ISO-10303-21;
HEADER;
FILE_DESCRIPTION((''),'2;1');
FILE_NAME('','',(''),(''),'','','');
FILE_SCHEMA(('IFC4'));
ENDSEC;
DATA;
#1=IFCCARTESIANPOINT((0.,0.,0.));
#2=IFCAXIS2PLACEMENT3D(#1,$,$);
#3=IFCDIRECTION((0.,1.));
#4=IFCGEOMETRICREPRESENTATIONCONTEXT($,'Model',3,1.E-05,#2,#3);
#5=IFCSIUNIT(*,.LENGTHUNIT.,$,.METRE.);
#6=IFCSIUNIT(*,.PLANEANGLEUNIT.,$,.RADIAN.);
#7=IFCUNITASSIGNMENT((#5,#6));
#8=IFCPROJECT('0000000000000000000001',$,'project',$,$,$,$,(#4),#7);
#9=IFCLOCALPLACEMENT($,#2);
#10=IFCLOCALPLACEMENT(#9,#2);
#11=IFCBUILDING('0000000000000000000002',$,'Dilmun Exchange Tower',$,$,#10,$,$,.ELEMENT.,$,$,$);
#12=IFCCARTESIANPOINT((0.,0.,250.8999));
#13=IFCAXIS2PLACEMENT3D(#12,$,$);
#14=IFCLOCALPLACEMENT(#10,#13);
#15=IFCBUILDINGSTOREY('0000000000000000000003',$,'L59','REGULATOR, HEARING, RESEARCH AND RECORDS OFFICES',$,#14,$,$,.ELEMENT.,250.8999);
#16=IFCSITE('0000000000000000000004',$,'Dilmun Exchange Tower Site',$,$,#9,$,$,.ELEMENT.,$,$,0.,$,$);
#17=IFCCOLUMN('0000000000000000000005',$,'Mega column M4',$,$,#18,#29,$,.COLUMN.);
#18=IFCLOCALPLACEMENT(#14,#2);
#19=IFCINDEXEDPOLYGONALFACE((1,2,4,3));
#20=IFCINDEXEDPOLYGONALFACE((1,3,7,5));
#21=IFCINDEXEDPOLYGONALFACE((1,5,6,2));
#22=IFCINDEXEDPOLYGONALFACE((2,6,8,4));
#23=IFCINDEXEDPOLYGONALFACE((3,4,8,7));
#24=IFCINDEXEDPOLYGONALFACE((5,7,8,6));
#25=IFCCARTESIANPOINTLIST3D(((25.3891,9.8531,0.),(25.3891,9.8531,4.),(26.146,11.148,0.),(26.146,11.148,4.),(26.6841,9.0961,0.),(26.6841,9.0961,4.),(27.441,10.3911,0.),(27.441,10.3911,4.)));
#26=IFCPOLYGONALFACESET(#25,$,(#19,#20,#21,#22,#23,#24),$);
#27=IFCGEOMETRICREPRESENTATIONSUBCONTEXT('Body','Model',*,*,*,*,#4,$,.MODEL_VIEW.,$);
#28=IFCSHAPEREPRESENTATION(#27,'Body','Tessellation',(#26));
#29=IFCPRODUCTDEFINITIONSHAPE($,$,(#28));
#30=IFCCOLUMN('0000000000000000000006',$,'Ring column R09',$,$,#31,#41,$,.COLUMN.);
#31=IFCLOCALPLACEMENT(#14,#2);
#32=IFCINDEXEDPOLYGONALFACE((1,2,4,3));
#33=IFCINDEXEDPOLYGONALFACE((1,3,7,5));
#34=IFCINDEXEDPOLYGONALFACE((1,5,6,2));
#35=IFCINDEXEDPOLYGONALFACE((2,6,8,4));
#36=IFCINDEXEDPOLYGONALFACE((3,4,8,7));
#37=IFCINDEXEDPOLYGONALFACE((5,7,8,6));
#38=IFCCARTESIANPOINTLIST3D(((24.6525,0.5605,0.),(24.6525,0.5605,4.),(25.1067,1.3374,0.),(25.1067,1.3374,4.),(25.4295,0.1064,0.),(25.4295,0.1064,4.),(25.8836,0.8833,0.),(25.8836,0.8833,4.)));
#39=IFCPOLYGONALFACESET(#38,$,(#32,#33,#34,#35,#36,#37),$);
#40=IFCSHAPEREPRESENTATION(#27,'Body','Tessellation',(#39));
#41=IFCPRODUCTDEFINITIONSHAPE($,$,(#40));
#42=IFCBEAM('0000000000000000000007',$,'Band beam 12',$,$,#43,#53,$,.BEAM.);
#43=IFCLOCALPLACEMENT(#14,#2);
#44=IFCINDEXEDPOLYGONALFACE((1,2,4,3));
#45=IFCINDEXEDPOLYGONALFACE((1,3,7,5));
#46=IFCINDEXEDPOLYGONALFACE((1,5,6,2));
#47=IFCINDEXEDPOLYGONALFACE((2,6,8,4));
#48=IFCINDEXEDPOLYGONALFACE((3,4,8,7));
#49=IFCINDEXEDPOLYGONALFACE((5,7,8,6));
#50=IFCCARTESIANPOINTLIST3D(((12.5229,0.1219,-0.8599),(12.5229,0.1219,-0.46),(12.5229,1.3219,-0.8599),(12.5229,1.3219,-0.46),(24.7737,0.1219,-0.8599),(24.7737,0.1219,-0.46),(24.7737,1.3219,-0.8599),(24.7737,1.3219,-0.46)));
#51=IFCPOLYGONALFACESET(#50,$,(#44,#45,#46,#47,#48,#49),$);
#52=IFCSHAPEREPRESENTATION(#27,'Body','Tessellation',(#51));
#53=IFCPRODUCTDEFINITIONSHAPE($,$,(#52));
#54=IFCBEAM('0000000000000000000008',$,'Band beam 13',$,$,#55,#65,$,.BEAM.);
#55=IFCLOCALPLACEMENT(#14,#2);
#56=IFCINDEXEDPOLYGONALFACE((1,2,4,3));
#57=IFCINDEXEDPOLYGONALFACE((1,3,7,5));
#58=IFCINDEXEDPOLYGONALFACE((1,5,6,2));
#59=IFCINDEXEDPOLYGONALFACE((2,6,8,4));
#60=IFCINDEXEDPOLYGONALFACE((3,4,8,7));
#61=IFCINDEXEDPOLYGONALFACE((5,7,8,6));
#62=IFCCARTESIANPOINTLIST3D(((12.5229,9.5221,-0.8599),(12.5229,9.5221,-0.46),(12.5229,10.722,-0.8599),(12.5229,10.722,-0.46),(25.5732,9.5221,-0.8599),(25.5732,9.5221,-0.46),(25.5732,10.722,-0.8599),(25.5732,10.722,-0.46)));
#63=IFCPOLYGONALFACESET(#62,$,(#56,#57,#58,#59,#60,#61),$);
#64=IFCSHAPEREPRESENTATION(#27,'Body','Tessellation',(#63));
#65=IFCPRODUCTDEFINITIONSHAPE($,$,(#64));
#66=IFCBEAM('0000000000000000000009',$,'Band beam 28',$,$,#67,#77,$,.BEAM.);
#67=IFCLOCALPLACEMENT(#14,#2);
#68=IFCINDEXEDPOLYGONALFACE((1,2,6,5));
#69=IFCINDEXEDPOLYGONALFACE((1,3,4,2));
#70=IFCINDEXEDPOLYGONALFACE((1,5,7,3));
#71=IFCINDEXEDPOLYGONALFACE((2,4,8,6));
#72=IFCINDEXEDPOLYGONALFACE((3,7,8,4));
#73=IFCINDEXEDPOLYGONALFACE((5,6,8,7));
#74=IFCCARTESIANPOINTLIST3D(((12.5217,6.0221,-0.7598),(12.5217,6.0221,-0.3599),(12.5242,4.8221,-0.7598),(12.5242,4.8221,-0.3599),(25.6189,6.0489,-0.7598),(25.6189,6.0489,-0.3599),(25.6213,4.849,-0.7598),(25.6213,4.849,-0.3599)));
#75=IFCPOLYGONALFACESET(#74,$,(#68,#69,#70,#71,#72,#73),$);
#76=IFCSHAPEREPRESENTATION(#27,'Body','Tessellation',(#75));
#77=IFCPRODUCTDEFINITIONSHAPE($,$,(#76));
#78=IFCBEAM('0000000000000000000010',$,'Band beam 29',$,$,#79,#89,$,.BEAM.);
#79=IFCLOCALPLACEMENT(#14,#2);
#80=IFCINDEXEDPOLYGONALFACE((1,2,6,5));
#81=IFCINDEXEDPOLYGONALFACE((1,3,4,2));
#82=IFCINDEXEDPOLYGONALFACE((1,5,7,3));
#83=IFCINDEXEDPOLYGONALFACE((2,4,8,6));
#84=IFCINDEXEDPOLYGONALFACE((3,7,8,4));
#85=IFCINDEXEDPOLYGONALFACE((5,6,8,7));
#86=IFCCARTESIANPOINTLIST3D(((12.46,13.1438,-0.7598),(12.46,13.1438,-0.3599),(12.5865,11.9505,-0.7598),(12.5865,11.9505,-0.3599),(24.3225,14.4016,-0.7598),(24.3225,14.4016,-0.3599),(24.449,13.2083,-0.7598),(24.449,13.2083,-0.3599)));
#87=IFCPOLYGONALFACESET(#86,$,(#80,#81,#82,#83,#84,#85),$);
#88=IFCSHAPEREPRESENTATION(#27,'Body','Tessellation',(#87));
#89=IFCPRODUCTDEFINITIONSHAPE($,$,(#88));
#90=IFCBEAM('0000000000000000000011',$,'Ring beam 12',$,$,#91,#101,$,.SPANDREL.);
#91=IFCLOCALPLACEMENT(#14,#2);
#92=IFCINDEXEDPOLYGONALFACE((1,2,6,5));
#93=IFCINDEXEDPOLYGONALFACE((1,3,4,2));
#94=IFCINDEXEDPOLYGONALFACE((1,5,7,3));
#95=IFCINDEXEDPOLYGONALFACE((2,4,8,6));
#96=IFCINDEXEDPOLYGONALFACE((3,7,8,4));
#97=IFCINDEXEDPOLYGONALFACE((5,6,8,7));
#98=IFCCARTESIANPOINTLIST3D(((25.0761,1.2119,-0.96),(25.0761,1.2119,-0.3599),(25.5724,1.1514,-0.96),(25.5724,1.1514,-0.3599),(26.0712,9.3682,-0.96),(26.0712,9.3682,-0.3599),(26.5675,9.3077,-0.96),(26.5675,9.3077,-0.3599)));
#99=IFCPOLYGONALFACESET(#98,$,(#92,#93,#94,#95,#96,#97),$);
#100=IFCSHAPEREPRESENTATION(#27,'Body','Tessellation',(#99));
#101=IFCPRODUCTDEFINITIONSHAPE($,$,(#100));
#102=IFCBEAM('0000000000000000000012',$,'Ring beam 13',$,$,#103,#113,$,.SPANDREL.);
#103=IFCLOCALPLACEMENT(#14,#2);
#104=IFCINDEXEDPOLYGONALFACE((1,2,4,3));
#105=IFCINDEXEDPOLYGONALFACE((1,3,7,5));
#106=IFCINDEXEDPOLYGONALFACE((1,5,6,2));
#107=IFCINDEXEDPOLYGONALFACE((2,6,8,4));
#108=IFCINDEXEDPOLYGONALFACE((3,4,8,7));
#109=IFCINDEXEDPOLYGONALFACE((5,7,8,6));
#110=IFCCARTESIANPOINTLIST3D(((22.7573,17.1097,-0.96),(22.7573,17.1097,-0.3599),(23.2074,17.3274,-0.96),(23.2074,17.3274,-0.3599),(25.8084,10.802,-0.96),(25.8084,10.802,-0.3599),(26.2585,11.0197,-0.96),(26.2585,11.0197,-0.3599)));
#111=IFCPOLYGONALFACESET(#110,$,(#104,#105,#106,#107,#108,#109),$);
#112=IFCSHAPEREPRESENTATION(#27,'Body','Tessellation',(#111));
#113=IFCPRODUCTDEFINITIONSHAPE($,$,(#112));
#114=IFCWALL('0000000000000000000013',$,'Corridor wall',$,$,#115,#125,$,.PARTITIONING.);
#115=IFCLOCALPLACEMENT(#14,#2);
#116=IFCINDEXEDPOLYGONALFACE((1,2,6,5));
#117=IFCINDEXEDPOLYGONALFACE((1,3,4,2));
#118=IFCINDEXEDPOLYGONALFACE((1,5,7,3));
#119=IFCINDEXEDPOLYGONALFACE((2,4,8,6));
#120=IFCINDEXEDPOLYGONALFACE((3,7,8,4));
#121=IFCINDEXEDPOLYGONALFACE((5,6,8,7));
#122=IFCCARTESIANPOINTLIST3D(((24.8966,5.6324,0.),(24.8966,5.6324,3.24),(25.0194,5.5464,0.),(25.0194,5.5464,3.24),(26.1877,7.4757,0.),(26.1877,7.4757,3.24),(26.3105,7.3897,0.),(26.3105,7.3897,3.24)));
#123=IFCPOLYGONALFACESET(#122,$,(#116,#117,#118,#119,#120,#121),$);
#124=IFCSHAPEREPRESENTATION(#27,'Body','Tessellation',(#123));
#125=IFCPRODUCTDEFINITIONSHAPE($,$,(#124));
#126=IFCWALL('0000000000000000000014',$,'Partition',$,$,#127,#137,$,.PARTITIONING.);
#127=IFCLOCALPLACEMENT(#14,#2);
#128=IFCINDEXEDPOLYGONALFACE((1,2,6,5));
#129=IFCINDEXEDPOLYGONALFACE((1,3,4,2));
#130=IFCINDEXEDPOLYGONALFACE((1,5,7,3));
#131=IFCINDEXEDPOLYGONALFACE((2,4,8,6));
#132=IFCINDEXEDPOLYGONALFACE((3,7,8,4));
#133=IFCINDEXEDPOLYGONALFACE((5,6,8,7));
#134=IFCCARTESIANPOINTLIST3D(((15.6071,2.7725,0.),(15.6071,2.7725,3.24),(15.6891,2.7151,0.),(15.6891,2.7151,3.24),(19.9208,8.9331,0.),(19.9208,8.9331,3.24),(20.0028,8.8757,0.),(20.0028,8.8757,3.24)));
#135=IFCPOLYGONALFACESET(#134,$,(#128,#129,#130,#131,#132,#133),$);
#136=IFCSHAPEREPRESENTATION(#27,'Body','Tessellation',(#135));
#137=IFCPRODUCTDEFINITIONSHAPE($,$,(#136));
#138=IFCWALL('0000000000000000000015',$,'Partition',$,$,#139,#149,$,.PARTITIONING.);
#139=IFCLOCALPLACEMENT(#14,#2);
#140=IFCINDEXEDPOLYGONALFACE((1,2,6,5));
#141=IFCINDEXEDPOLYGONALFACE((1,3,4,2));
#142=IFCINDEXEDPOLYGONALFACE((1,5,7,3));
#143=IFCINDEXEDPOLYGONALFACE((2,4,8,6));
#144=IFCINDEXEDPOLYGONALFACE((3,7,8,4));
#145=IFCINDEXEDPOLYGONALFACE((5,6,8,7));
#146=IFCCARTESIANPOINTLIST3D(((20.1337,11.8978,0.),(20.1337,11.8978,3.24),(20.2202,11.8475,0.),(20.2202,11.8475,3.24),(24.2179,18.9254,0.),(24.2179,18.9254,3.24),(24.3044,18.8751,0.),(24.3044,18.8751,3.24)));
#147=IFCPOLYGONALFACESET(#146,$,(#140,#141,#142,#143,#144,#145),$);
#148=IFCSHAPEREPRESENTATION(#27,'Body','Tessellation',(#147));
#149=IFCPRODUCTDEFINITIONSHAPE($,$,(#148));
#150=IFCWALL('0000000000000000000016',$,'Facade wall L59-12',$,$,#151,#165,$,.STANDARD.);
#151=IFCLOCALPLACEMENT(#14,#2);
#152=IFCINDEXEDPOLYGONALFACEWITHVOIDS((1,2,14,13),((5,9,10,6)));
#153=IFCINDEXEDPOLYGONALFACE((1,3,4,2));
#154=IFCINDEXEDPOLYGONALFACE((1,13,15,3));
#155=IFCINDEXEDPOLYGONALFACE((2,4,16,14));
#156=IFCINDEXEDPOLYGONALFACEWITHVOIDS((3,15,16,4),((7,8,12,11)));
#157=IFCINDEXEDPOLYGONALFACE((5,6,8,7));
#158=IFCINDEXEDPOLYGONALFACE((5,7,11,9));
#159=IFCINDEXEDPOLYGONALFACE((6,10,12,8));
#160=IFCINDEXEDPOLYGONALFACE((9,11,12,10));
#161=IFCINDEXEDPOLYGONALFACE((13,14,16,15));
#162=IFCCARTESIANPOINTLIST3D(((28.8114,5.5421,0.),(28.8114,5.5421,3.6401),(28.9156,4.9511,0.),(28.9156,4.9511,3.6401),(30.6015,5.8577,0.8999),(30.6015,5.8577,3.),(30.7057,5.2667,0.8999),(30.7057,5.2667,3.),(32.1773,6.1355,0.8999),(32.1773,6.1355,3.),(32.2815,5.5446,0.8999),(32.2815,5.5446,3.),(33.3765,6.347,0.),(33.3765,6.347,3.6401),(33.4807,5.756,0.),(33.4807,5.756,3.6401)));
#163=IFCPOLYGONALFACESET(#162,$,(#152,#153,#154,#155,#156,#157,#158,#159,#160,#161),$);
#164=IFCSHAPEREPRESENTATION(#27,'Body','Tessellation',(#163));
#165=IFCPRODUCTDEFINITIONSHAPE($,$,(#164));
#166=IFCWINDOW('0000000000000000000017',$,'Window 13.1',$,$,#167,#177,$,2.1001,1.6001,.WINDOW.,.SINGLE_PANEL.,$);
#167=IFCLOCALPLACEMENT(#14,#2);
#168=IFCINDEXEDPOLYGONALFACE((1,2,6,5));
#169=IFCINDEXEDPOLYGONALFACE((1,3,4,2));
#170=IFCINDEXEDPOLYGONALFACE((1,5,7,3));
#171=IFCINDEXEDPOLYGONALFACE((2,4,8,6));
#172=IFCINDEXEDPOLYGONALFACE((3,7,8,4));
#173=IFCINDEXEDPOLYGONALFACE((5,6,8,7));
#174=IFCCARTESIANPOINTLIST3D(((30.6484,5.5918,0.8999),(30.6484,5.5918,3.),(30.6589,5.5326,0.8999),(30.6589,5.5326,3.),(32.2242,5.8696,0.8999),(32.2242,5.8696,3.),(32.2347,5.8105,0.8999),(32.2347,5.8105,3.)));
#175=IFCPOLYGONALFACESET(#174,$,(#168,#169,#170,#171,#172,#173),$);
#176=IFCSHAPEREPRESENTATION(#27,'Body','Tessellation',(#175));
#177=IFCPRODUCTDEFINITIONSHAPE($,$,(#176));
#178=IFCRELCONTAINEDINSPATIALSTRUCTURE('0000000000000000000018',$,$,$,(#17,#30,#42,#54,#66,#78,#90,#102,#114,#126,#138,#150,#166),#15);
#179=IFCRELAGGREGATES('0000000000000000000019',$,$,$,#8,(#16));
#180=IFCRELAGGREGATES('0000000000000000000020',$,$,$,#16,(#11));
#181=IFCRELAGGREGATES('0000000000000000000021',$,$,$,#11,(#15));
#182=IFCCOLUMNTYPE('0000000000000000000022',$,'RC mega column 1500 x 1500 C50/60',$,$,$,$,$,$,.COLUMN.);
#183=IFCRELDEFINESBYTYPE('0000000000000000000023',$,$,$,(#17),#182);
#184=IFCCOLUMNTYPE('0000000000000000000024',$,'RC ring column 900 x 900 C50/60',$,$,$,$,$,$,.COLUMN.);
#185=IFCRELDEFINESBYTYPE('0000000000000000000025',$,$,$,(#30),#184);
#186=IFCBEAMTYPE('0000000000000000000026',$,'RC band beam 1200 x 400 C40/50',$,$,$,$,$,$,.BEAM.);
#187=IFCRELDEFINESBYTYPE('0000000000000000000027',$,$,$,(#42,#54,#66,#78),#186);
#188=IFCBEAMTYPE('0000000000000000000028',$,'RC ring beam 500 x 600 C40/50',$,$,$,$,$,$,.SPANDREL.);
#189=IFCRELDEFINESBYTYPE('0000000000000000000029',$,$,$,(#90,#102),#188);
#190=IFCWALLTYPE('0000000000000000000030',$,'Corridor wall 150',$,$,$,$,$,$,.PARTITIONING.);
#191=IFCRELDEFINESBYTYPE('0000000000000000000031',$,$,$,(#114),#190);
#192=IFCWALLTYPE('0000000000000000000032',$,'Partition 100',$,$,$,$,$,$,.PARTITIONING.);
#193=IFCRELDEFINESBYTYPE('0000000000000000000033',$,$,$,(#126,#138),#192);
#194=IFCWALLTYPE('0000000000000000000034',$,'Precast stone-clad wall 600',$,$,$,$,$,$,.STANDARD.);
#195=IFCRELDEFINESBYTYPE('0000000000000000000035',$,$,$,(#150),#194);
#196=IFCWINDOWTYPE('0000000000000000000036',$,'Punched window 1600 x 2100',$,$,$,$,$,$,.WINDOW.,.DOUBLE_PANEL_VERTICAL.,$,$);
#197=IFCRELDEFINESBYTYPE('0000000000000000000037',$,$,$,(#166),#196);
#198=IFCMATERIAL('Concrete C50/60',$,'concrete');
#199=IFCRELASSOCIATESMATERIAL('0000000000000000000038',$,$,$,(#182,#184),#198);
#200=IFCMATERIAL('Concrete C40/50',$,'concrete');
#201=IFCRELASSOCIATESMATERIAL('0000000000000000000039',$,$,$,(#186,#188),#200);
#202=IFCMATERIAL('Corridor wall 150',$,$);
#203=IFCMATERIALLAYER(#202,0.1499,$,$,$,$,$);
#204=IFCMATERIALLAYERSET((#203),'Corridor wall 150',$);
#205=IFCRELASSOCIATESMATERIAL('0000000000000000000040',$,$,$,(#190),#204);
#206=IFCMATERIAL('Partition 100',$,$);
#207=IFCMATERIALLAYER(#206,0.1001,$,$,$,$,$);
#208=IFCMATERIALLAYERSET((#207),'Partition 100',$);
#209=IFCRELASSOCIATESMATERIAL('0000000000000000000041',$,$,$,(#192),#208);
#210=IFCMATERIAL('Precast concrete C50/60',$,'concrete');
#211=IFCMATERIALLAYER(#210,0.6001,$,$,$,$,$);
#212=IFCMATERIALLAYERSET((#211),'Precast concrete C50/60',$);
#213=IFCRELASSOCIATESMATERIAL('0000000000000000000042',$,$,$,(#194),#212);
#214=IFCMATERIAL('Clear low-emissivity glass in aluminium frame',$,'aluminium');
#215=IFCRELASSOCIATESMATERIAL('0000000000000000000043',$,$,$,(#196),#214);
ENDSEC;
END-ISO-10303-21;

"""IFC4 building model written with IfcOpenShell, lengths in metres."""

from ifc_helpers import new_model, si_unit, direction, frame, frame_2d, origin, origin_2d, place, context, subcontext, project, spatial, rectangle, extrude, material, layer, layer_set, material_profile, profile_set, type_object, element, fill, save


model = new_model("IFC4")

# Units and contexts
model_context = context("Model", 3, precision=1e-05, world=origin(), true_north=direction((0.0, 1.0)))
body_context = subcontext(model_context, "Body", "Model", "MODEL_VIEW")
ifc_project = project(units=[si_unit("LENGTHUNIT", "METRE"), si_unit("PLANEANGLEUNIT", "RADIAN")], contexts=[model_context])

# Site, building, storey
site_placement = place(None, origin())
site = spatial("IfcSite", under=ifc_project, at=site_placement, Name="Dilmun Exchange Tower Site", CompositionType="ELEMENT", RefElevation=0.0)
building_placement = place(site_placement, origin())
building = spatial("IfcBuilding", under=site, at=building_placement, Name="Dilmun Exchange Tower", CompositionType="ELEMENT")
storey_placement = place(building_placement, frame((0.0, 0.0, 250.8999)))
storey = spatial("IfcBuildingStorey", under=building, at=storey_placement, Name="L59", Description="REGULATOR, HEARING, RESEARCH AND RECORDS OFFICES", CompositionType="ELEMENT", Elevation=250.8999)

# Columns
ifc_material_1 = material(Name="Concrete C50/60", Category="concrete")
ifc_material_profile_1 = material_profile(ifc_material_1, rectangle(XDim=1.5, YDim=1.5, at=origin_2d()), Name="1500 x 1500")
ifc_profile_set_1 = profile_set([ifc_material_profile_1], Name="Concrete C50/60")
column_type_1 = type_object("IfcColumnType", Name="RC mega column 1500 x 1500 C50/60", PredefinedType="COLUMN", material=ifc_profile_set_1)
column_1_placement = place(storey_placement, frame((26.415, 10.1221, 0.0), z_axis=(0.0, 0.0, 1.0), x_axis=(0.504644, 0.863328, 0.0)))
element("IfcColumn", 1, at=column_1_placement, inside=storey, type_object=column_type_1, Name="Mega column M4", PredefinedType="COLUMN", context=body_context, shape_type="SweptSolid", body=[
    extrude(rectangle(XDim=1.5, YDim=1.5, at=origin_2d()), origin(), (0.0, 0.0, 1.0), 4.0),
])
ifc_material_profile_2 = material_profile(ifc_material_1, rectangle(XDim=0.8999, YDim=0.8999, at=origin_2d()), Name="900 x 900")
ifc_profile_set_2 = profile_set([ifc_material_profile_2], Name="Concrete C50/60")
column_type_2 = type_object("IfcColumnType", Name="RC ring column 900 x 900 C50/60", PredefinedType="COLUMN", material=ifc_profile_set_2)
column_2_placement = place(storey_placement, frame((25.2681, 0.7219, 0.0), z_axis=(0.0, 0.0, 1.0), x_axis=(0.504644, 0.863328, 0.0)))
element("IfcColumn", 2, at=column_2_placement, inside=storey, type_object=column_type_2, Name="Ring column R09", PredefinedType="COLUMN", context=body_context, shape_type="SweptSolid", body=[
    extrude(rectangle(XDim=0.8999, YDim=0.8999, at=origin_2d()), origin(), (0.0, 0.0, 1.0), 4.0),
])

# Beams
ifc_material_2 = material(Name="Concrete C40/50", Category="concrete")
ifc_material_profile_3 = material_profile(ifc_material_2, rectangle(XDim=1.2, YDim=0.3999, at=origin_2d()), Name="1200 x 400")
ifc_profile_set_3 = profile_set([ifc_material_profile_3], Name="Concrete C40/50")
beam_type_1 = type_object("IfcBeamType", Name="RC band beam 1200 x 400 C40/50", PredefinedType="BEAM", material=ifc_profile_set_3)
beam_1_placement = place(storey_placement, frame((24.7737, 0.7219, -0.6599), z_axis=(-1.0, 0.0, 0.0), x_axis=(0.0, -1.0, 0.0)))
element("IfcBeam", 3, at=beam_1_placement, inside=storey, type_object=beam_type_1, Name="Band beam 12", PredefinedType="BEAM", context=body_context, shape_type="SweptSolid", body=[
    extrude(rectangle(XDim=1.2, YDim=0.3999, at=origin_2d()), origin(), (0.0, 0.0, 1.0), 12.2507),
])
beam_2_placement = place(storey_placement, frame((25.5732, 10.1221, -0.6599), z_axis=(-1.0, 0.0, 0.0), x_axis=(0.0, -1.0, 0.0)))
element("IfcBeam", 4, at=beam_2_placement, inside=storey, type_object=beam_type_1, Name="Band beam 13", PredefinedType="BEAM", context=body_context, shape_type="SweptSolid", body=[
    extrude(rectangle(XDim=1.2, YDim=0.3999, at=origin_2d()), origin(), (0.0, 0.0, 1.0), 13.0503),
])
beam_3_placement = place(storey_placement, frame((25.6201, 5.449, -0.5598), z_axis=(-0.999998, -0.00205, 0.0), x_axis=(0.00205, -0.999998, 0.0)))
element("IfcBeam", 5, at=beam_3_placement, inside=storey, type_object=beam_type_1, Name="Band beam 28", PredefinedType="BEAM", context=body_context, shape_type="SweptSolid", body=[
    extrude(rectangle(XDim=1.2, YDim=0.3999, at=origin_2d()), origin(), (0.0, 0.0, 1.0), 13.0972),
])
beam_4_placement = place(storey_placement, frame((24.3857, 13.8049, -0.5598), z_axis=(-0.994426, -0.105441, 0.0), x_axis=(0.105441, -0.994426, 0.0)))
element("IfcBeam", 6, at=beam_4_placement, inside=storey, type_object=beam_type_1, Name="Band beam 29", PredefinedType="BEAM", context=body_context, shape_type="SweptSolid", body=[
    extrude(rectangle(XDim=1.2, YDim=0.3999, at=origin_2d()), origin(), (0.0, 0.0, 1.0), 11.929),
])
ifc_material_profile_4 = material_profile(ifc_material_2, rectangle(XDim=0.5, YDim=0.6001, at=origin_2d()), Name="500 x 600")
ifc_profile_set_4 = profile_set([ifc_material_profile_4], Name="Concrete C40/50")
beam_type_2 = type_object("IfcBeamType", Name="RC ring beam 500 x 600 C40/50", PredefinedType="SPANDREL", material=ifc_profile_set_4)
beam_5_placement = place(storey_placement, frame((25.3242, 1.1816, -0.6599), z_axis=(0.121109, 0.992639, 0.0), x_axis=(-0.992639, 0.121109, 0.0)))
element("IfcBeam", 7, at=beam_5_placement, inside=storey, type_object=beam_type_2, Name="Ring beam 12", PredefinedType="SPANDREL", context=body_context, shape_type="SweptSolid", body=[
    extrude(rectangle(XDim=0.5, YDim=0.6001, at=origin_2d()), origin(), (0.0, 0.0, 1.0), 8.2168),
])
beam_6_placement = place(storey_placement, frame((26.0334, 10.9109, -0.6599), z_axis=(-0.43544, 0.900218, 0.0), x_axis=(-0.900218, -0.43544, 0.0)))
element("IfcBeam", 8, at=beam_6_placement, inside=storey, type_object=beam_type_2, Name="Ring beam 13", PredefinedType="SPANDREL", context=body_context, shape_type="SweptSolid", body=[
    extrude(rectangle(XDim=0.5, YDim=0.6001, at=origin_2d()), origin(), (0.0, 0.0, 1.0), 7.0068),
])

# Walls
ifc_material_3 = material(Name="Corridor wall 150")
ifc_layer_1 = layer(ifc_material_3, 0.1499)
ifc_layer_set_1 = layer_set([ifc_layer_1], Name="Corridor wall 150")
wall_type_1 = type_object("IfcWallType", Name="Corridor wall 150", PredefinedType="PARTITIONING", material=ifc_layer_set_1)
wall_1_placement = place(storey_placement, frame((24.958, 5.5894, 0.0), z_axis=(0.0, 0.0, 1.0), x_axis=(0.573681, 0.819079, 0.0)))
element("IfcWall", 9, at=wall_1_placement, inside=storey, type_object=wall_type_1, Name="Corridor wall", PredefinedType="PARTITIONING", context=body_context, shape_type="SweptSolid", body=[
    extrude(rectangle(XDim=2.2505, YDim=0.1499, at=frame_2d((1.1252, 0.0))), origin(), (0.0, 0.0, 1.0), 3.24),
])
ifc_material_4 = material(Name="Partition 100")
ifc_layer_2 = layer(ifc_material_4, 0.1001)
ifc_layer_set_2 = layer_set([ifc_layer_2], Name="Partition 100")
wall_type_2 = type_object("IfcWallType", Name="Partition 100", PredefinedType="PARTITIONING", material=ifc_layer_set_2)
wall_2_placement = place(storey_placement, frame((15.6482, 2.7439, 0.0), z_axis=(0.0, 0.0, 1.0), x_axis=(0.573576, 0.819153, 0.0)))
element("IfcWall", 10, at=wall_2_placement, inside=storey, type_object=wall_type_2, Name="Partition", PredefinedType="PARTITIONING", context=body_context, shape_type="SweptSolid", body=[
    extrude(rectangle(XDim=7.5208, YDim=0.1001, at=frame_2d((3.7603, 0.0))), origin(), (0.0, 0.0, 1.0), 3.24),
])
wall_3_placement = place(storey_placement, frame((20.177, 11.8728, 0.0), z_axis=(0.0, 0.0, 1.0), x_axis=(0.502475, 0.864592, 0.0)))
element("IfcWall", 11, at=wall_3_placement, inside=storey, type_object=wall_type_2, Name="Partition", PredefinedType="PARTITIONING", context=body_context, shape_type="SweptSolid", body=[
    extrude(rectangle(XDim=8.1282, YDim=0.1001, at=frame_2d((4.064, 0.0))), origin(), (0.0, 0.0, 1.0), 3.24),
])

# Wall, opening, window
ifc_material_5 = material(Name="Precast concrete C50/60", Category="concrete")
ifc_layer_3 = layer(ifc_material_5, 0.6001)
ifc_layer_set_3 = layer_set([ifc_layer_3], Name="Precast concrete C50/60")
wall_type_3 = type_object("IfcWallType", Name="Precast stone-clad wall 600", PredefinedType="STANDARD", material=ifc_layer_set_3)
wall_4_placement = place(storey_placement, frame((33.4287, 6.0515, 0.0), z_axis=(0.0, 0.0, 1.0), x_axis=(-0.984809, -0.173641, 0.0)))
wall_4 = element("IfcWall", 12, at=wall_4_placement, inside=storey, type_object=wall_type_3, Name="Facade wall L59-12", PredefinedType="STANDARD", context=body_context, shape_type="SweptSolid", body=[
    extrude(rectangle(XDim=4.6355, YDim=0.6001, at=frame_2d((2.3179, 0.0))), origin(), (0.0, 0.0, 1.0), 3.6401),
])
opening_1_placement = place(wall_4_placement, frame((1.2178, 0.0, 0.8999)))
opening_1 = element("IfcOpeningElement", 13, at=opening_1_placement, cuts=wall_4, PredefinedType="OPENING", context=body_context, shape_type="SweptSolid", body=[
    extrude(rectangle(XDim=1.6001, YDim=2.1001, at=frame_2d((0.8, 1.05))), frame((0.0, 0.3101, 0.0), z_axis=(0.0, -1.0, 0.0), x_axis=(1.0, 0.0, 0.0)), (0.0, 0.0, 1.0), 0.6201),
])
ifc_material_6 = material(Name="Clear low-emissivity glass in aluminium frame", Category="aluminium")
window_type_1 = type_object("IfcWindowType", Name="Punched window 1600 x 2100", PartitioningType="DOUBLE_PANEL_VERTICAL", PredefinedType="WINDOW", material=ifc_material_6)
window_1_placement = place(opening_1_placement, origin())
window_1 = element("IfcWindow", 14, at=window_1_placement, inside=storey, type_object=window_type_1, Name="Window 13.1", OverallHeight=2.1001, OverallWidth=1.6001, PartitioningType="SINGLE_PANEL", PredefinedType="WINDOW", context=body_context, shape_type="SweptSolid", body=[
    extrude(rectangle(XDim=1.6001, YDim=2.1001, at=frame_2d((0.8, 1.05))), frame((0.0, 0.03, 0.0), z_axis=(0.0, -1.0, 0.0), x_axis=(1.0, 0.0, 0.0)), (0.0, 0.0, 1.0), 0.0601),
])
fill(opening_1, window_1)

save(model, "model.ifc")
